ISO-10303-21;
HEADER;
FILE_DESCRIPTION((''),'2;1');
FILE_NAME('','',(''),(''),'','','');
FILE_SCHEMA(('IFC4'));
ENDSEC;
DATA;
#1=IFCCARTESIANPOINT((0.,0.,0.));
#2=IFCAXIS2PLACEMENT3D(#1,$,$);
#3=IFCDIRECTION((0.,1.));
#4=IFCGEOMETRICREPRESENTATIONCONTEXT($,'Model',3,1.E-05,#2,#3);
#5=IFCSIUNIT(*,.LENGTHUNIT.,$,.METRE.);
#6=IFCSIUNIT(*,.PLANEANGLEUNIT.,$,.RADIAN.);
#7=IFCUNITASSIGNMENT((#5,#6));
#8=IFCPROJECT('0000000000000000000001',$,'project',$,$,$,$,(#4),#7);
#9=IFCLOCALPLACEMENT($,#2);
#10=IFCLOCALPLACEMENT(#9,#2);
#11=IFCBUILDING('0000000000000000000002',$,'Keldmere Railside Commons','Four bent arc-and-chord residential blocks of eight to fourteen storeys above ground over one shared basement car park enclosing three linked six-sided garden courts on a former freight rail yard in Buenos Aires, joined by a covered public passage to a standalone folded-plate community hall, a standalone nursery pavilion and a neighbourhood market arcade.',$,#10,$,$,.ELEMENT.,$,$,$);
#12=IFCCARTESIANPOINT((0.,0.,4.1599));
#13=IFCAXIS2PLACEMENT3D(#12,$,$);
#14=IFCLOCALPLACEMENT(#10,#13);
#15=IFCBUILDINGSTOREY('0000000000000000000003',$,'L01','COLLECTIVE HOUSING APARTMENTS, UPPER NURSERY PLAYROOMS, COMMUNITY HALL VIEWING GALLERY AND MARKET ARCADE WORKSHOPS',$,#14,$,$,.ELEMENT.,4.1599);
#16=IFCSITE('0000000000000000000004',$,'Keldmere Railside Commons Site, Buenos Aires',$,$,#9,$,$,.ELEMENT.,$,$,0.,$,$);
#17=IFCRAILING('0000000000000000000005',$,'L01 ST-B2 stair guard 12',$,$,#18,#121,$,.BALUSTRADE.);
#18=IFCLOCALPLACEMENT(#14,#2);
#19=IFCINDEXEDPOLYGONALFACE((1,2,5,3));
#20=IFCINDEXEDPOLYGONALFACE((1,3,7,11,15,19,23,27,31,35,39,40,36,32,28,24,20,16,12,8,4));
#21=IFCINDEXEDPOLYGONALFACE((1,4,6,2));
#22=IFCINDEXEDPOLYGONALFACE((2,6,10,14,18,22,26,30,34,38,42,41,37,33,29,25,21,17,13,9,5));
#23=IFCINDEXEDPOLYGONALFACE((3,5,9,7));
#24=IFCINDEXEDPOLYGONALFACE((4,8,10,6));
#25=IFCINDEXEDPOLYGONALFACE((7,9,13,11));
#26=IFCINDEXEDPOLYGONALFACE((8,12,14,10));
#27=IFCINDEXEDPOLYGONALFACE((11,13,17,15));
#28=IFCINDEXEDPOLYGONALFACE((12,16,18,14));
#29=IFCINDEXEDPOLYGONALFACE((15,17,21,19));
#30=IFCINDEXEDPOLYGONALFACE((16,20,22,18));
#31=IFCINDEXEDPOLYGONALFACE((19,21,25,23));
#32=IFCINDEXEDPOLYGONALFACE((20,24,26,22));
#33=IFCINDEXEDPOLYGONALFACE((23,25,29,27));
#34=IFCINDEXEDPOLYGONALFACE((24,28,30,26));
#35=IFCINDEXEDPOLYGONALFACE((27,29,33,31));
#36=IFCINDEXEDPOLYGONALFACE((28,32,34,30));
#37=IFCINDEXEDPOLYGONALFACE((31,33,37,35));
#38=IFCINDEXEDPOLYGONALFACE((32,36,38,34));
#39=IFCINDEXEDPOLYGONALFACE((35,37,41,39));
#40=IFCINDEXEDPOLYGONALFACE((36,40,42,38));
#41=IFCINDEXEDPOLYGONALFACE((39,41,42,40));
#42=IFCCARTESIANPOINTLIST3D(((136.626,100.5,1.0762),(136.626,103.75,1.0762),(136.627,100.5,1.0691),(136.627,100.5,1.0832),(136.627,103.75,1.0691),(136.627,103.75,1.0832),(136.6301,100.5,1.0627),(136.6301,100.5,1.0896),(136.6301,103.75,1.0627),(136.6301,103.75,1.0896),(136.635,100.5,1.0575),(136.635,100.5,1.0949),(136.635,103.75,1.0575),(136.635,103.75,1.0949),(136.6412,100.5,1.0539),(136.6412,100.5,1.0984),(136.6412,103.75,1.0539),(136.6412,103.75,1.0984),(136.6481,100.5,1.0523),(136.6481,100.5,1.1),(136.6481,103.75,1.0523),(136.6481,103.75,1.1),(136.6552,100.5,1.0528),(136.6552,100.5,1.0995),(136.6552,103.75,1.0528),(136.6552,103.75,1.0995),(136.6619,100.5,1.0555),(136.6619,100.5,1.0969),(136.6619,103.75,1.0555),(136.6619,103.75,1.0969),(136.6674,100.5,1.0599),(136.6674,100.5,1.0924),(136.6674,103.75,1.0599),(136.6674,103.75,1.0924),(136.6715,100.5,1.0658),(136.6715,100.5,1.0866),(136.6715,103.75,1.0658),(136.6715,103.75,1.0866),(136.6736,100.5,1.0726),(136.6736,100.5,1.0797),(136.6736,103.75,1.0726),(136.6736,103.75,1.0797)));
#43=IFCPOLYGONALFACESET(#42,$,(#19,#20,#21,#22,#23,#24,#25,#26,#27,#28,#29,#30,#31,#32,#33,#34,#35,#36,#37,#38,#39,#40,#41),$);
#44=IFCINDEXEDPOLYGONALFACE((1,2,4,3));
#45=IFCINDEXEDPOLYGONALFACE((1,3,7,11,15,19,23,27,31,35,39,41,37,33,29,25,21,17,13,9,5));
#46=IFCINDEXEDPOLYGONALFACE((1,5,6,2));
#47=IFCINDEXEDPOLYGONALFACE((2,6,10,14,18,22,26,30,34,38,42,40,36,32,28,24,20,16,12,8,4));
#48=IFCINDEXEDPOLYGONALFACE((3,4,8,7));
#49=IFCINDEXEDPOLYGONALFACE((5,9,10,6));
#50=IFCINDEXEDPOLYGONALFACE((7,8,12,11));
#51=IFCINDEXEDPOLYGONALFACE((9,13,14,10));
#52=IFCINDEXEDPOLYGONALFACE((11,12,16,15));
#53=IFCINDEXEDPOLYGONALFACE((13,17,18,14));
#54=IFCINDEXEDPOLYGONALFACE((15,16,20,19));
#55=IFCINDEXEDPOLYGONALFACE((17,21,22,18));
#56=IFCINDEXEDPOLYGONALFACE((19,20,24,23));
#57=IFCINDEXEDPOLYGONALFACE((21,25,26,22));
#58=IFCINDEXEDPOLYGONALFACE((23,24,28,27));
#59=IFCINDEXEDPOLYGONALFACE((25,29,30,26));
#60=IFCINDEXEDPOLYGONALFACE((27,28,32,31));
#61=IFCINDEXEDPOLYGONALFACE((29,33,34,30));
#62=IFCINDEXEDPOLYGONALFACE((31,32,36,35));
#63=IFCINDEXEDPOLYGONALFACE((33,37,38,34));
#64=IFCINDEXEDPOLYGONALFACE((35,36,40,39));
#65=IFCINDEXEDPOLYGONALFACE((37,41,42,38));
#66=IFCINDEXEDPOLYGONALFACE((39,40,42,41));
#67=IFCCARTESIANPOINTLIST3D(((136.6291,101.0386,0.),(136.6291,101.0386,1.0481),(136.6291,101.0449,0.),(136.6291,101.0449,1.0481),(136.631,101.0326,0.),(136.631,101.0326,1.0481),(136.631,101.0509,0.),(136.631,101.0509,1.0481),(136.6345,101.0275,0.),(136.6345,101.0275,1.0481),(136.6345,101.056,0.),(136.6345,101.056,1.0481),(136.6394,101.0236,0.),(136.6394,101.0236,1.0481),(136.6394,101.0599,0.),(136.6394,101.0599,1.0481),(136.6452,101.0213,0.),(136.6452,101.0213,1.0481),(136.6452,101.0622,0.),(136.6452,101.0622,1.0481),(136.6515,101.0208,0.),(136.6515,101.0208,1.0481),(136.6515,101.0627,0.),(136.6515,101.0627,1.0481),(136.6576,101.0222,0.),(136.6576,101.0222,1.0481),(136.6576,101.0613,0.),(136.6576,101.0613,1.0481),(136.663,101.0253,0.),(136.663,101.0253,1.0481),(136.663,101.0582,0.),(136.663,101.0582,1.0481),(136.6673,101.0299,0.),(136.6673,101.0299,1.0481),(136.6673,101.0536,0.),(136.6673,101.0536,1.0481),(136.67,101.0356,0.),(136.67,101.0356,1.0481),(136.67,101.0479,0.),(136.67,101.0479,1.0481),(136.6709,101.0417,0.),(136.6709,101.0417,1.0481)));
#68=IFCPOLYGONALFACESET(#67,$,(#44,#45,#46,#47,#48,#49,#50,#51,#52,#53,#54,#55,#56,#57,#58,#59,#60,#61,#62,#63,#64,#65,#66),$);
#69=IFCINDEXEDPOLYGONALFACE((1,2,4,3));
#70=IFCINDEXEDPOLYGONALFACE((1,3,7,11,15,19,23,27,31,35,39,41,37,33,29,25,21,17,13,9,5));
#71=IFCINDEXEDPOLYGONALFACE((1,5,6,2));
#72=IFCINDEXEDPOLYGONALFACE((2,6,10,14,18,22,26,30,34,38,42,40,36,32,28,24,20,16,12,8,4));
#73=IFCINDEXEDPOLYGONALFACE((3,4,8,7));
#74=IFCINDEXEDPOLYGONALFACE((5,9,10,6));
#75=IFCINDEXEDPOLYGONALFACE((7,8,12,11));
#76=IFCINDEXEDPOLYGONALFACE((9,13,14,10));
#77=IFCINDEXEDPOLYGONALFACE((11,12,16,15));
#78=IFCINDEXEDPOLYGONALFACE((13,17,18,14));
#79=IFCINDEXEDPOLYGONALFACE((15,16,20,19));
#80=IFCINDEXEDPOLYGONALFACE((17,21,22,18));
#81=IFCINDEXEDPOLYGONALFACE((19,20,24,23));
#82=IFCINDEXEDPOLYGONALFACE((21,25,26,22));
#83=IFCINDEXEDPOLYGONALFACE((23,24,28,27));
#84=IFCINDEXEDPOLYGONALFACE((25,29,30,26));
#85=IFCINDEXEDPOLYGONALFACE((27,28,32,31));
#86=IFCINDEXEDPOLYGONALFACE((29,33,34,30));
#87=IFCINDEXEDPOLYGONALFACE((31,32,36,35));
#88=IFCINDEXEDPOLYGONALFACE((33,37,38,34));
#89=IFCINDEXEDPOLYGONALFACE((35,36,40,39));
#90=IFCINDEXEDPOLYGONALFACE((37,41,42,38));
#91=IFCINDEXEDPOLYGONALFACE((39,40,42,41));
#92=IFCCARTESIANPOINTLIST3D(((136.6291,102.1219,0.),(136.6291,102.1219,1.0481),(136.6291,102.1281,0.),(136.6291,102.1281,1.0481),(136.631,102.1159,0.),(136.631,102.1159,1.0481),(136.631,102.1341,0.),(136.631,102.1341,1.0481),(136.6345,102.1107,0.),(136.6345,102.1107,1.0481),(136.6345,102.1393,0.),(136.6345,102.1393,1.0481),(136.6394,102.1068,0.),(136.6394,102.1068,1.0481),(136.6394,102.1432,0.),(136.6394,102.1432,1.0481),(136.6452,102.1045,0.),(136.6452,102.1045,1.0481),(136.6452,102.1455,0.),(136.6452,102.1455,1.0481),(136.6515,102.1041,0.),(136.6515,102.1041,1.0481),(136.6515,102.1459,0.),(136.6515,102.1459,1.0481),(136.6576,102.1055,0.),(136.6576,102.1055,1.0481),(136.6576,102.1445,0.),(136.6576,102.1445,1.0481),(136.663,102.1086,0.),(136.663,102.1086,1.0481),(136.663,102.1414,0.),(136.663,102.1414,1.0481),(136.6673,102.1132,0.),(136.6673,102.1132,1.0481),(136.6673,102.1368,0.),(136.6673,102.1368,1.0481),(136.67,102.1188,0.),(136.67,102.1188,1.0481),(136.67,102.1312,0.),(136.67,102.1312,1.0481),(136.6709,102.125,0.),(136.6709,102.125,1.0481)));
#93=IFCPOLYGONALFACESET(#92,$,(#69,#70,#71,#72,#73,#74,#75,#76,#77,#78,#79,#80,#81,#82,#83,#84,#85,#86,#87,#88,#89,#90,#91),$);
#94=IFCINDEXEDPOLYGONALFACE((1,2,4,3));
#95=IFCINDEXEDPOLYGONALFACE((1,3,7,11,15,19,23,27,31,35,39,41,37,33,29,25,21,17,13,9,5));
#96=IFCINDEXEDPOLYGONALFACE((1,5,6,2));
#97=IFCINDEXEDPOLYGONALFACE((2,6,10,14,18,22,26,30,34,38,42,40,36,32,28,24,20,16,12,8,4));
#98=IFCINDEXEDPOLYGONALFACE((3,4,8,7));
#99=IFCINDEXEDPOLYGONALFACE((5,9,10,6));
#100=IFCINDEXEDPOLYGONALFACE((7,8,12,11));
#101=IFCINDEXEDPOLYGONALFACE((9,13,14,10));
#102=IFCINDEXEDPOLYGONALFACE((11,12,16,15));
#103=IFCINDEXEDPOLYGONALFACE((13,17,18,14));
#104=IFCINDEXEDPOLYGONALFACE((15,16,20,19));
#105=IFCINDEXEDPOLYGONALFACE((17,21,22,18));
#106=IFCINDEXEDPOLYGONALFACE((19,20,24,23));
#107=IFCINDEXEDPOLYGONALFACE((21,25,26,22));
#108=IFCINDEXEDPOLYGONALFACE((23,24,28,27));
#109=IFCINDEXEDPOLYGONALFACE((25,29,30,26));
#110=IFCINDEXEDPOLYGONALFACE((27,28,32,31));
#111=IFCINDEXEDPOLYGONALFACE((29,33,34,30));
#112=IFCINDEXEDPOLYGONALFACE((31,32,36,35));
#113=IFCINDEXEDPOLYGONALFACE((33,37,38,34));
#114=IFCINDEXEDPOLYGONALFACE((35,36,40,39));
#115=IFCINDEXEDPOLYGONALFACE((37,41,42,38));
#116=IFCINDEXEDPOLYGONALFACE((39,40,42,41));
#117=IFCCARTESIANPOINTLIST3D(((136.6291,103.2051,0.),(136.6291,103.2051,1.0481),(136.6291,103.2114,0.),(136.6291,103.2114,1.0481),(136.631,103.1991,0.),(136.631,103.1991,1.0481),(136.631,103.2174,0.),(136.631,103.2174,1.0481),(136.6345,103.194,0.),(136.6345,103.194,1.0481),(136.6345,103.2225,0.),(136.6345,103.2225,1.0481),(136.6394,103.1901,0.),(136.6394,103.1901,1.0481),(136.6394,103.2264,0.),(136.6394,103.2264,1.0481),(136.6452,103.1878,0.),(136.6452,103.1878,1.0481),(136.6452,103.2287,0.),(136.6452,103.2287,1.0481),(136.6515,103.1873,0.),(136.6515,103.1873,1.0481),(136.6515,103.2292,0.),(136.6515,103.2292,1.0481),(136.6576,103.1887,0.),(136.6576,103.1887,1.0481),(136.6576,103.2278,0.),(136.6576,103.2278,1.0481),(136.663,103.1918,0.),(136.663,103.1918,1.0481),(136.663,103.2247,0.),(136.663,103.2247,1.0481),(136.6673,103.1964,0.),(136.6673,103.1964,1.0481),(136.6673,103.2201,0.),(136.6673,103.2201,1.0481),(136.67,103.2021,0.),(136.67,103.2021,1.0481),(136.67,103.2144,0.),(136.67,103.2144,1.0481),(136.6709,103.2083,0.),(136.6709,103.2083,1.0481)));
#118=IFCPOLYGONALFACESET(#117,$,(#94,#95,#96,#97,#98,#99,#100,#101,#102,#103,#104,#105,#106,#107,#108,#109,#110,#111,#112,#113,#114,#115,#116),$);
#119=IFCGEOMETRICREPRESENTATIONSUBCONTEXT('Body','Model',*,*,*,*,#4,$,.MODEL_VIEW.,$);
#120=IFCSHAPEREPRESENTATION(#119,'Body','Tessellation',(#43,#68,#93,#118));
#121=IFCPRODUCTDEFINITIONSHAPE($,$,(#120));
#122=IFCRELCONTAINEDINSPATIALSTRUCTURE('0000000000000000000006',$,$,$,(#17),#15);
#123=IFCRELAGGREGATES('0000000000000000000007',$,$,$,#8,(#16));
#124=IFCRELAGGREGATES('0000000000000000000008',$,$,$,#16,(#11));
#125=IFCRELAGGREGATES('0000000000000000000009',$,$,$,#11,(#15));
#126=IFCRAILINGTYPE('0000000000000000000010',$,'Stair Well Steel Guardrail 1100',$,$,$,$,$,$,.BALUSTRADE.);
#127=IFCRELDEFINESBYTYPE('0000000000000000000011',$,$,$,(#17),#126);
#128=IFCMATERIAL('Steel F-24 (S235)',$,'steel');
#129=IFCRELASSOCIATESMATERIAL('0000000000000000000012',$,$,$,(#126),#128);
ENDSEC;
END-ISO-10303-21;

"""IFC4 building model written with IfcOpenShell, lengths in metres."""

from ifc_helpers import new_model, si_unit, direction, frame, origin, origin_2d, place, context, subcontext, project, spatial, circle, extrude, material, type_object, element, save


model = new_model("IFC4")

# Units and contexts
model_context = context("Model", 3, precision=1e-05, world=origin(), true_north=direction((0.0, 1.0)))
body_context = subcontext(model_context, "Body", "Model", "MODEL_VIEW")
ifc_project = project(units=[si_unit("LENGTHUNIT", "METRE"), si_unit("PLANEANGLEUNIT", "RADIAN")], contexts=[model_context])

# Site, building, storey
site_placement = place(None, origin())
site = spatial("IfcSite", under=ifc_project, at=site_placement, Name="Keldmere Railside Commons Site, Buenos Aires", CompositionType="ELEMENT", RefElevation=0.0)
building_placement = place(site_placement, origin())
building = spatial("IfcBuilding", under=site, at=building_placement, Name="Keldmere Railside Commons", Description="Four bent arc-and-chord residential blocks of eight to fourteen storeys above ground over one shared basement car park enclosing three linked six-sided garden courts on a former freight rail yard in Buenos Aires, joined by a covered public passage to a standalone folded-plate community hall, a standalone nursery pavilion and a neighbourhood market arcade.", CompositionType="ELEMENT")
storey_placement = place(building_placement, frame((0.0, 0.0, 4.1599)))
storey = spatial("IfcBuildingStorey", under=building, at=storey_placement, Name="L01", Description="COLLECTIVE HOUSING APARTMENTS, UPPER NURSERY PLAYROOMS, COMMUNITY HALL VIEWING GALLERY AND MARKET ARCADE WORKSHOPS", CompositionType="ELEMENT", Elevation=4.1599)

# Shared definitions
ifc_material_1 = material(Name="Steel F-24 (S235)", Category="steel")

# Railing
railing_type_1 = type_object("IfcRailingType", Name="Stair Well Steel Guardrail 1100", PredefinedType="BALUSTRADE", material=ifc_material_1)
railing_1_placement = place(storey_placement, frame((136.6499, 100.5, 0.0)))
element("IfcRailing", 1, at=railing_1_placement, inside=storey, type_object=railing_type_1, Name="L01 ST-B2 stair guard 12", PredefinedType="BALUSTRADE", context=body_context, shape_type="SweptSolid", body=[
    extrude(circle(Radius=0.0239, at=origin_2d()), frame((0.0, 0.0, 1.0762), z_axis=(0.0, 1.0, 0.0), x_axis=(-1.0, 0.0, 0.0)), (0.0, 0.0, 1.0), 3.25),
    extrude(circle(Radius=0.021, at=origin_2d()), frame((0.0, 0.5417, 0.0)), (0.0, 0.0, 1.0), 1.0481),
    extrude(circle(Radius=0.021, at=origin_2d()), frame((0.0, 1.625, 0.0)), (0.0, 0.0, 1.0), 1.0481),
    extrude(circle(Radius=0.021, at=origin_2d()), frame((0.0, 2.7083, 0.0)), (0.0, 0.0, 1.0), 1.0481),
])

save(model, "model.ifc")
